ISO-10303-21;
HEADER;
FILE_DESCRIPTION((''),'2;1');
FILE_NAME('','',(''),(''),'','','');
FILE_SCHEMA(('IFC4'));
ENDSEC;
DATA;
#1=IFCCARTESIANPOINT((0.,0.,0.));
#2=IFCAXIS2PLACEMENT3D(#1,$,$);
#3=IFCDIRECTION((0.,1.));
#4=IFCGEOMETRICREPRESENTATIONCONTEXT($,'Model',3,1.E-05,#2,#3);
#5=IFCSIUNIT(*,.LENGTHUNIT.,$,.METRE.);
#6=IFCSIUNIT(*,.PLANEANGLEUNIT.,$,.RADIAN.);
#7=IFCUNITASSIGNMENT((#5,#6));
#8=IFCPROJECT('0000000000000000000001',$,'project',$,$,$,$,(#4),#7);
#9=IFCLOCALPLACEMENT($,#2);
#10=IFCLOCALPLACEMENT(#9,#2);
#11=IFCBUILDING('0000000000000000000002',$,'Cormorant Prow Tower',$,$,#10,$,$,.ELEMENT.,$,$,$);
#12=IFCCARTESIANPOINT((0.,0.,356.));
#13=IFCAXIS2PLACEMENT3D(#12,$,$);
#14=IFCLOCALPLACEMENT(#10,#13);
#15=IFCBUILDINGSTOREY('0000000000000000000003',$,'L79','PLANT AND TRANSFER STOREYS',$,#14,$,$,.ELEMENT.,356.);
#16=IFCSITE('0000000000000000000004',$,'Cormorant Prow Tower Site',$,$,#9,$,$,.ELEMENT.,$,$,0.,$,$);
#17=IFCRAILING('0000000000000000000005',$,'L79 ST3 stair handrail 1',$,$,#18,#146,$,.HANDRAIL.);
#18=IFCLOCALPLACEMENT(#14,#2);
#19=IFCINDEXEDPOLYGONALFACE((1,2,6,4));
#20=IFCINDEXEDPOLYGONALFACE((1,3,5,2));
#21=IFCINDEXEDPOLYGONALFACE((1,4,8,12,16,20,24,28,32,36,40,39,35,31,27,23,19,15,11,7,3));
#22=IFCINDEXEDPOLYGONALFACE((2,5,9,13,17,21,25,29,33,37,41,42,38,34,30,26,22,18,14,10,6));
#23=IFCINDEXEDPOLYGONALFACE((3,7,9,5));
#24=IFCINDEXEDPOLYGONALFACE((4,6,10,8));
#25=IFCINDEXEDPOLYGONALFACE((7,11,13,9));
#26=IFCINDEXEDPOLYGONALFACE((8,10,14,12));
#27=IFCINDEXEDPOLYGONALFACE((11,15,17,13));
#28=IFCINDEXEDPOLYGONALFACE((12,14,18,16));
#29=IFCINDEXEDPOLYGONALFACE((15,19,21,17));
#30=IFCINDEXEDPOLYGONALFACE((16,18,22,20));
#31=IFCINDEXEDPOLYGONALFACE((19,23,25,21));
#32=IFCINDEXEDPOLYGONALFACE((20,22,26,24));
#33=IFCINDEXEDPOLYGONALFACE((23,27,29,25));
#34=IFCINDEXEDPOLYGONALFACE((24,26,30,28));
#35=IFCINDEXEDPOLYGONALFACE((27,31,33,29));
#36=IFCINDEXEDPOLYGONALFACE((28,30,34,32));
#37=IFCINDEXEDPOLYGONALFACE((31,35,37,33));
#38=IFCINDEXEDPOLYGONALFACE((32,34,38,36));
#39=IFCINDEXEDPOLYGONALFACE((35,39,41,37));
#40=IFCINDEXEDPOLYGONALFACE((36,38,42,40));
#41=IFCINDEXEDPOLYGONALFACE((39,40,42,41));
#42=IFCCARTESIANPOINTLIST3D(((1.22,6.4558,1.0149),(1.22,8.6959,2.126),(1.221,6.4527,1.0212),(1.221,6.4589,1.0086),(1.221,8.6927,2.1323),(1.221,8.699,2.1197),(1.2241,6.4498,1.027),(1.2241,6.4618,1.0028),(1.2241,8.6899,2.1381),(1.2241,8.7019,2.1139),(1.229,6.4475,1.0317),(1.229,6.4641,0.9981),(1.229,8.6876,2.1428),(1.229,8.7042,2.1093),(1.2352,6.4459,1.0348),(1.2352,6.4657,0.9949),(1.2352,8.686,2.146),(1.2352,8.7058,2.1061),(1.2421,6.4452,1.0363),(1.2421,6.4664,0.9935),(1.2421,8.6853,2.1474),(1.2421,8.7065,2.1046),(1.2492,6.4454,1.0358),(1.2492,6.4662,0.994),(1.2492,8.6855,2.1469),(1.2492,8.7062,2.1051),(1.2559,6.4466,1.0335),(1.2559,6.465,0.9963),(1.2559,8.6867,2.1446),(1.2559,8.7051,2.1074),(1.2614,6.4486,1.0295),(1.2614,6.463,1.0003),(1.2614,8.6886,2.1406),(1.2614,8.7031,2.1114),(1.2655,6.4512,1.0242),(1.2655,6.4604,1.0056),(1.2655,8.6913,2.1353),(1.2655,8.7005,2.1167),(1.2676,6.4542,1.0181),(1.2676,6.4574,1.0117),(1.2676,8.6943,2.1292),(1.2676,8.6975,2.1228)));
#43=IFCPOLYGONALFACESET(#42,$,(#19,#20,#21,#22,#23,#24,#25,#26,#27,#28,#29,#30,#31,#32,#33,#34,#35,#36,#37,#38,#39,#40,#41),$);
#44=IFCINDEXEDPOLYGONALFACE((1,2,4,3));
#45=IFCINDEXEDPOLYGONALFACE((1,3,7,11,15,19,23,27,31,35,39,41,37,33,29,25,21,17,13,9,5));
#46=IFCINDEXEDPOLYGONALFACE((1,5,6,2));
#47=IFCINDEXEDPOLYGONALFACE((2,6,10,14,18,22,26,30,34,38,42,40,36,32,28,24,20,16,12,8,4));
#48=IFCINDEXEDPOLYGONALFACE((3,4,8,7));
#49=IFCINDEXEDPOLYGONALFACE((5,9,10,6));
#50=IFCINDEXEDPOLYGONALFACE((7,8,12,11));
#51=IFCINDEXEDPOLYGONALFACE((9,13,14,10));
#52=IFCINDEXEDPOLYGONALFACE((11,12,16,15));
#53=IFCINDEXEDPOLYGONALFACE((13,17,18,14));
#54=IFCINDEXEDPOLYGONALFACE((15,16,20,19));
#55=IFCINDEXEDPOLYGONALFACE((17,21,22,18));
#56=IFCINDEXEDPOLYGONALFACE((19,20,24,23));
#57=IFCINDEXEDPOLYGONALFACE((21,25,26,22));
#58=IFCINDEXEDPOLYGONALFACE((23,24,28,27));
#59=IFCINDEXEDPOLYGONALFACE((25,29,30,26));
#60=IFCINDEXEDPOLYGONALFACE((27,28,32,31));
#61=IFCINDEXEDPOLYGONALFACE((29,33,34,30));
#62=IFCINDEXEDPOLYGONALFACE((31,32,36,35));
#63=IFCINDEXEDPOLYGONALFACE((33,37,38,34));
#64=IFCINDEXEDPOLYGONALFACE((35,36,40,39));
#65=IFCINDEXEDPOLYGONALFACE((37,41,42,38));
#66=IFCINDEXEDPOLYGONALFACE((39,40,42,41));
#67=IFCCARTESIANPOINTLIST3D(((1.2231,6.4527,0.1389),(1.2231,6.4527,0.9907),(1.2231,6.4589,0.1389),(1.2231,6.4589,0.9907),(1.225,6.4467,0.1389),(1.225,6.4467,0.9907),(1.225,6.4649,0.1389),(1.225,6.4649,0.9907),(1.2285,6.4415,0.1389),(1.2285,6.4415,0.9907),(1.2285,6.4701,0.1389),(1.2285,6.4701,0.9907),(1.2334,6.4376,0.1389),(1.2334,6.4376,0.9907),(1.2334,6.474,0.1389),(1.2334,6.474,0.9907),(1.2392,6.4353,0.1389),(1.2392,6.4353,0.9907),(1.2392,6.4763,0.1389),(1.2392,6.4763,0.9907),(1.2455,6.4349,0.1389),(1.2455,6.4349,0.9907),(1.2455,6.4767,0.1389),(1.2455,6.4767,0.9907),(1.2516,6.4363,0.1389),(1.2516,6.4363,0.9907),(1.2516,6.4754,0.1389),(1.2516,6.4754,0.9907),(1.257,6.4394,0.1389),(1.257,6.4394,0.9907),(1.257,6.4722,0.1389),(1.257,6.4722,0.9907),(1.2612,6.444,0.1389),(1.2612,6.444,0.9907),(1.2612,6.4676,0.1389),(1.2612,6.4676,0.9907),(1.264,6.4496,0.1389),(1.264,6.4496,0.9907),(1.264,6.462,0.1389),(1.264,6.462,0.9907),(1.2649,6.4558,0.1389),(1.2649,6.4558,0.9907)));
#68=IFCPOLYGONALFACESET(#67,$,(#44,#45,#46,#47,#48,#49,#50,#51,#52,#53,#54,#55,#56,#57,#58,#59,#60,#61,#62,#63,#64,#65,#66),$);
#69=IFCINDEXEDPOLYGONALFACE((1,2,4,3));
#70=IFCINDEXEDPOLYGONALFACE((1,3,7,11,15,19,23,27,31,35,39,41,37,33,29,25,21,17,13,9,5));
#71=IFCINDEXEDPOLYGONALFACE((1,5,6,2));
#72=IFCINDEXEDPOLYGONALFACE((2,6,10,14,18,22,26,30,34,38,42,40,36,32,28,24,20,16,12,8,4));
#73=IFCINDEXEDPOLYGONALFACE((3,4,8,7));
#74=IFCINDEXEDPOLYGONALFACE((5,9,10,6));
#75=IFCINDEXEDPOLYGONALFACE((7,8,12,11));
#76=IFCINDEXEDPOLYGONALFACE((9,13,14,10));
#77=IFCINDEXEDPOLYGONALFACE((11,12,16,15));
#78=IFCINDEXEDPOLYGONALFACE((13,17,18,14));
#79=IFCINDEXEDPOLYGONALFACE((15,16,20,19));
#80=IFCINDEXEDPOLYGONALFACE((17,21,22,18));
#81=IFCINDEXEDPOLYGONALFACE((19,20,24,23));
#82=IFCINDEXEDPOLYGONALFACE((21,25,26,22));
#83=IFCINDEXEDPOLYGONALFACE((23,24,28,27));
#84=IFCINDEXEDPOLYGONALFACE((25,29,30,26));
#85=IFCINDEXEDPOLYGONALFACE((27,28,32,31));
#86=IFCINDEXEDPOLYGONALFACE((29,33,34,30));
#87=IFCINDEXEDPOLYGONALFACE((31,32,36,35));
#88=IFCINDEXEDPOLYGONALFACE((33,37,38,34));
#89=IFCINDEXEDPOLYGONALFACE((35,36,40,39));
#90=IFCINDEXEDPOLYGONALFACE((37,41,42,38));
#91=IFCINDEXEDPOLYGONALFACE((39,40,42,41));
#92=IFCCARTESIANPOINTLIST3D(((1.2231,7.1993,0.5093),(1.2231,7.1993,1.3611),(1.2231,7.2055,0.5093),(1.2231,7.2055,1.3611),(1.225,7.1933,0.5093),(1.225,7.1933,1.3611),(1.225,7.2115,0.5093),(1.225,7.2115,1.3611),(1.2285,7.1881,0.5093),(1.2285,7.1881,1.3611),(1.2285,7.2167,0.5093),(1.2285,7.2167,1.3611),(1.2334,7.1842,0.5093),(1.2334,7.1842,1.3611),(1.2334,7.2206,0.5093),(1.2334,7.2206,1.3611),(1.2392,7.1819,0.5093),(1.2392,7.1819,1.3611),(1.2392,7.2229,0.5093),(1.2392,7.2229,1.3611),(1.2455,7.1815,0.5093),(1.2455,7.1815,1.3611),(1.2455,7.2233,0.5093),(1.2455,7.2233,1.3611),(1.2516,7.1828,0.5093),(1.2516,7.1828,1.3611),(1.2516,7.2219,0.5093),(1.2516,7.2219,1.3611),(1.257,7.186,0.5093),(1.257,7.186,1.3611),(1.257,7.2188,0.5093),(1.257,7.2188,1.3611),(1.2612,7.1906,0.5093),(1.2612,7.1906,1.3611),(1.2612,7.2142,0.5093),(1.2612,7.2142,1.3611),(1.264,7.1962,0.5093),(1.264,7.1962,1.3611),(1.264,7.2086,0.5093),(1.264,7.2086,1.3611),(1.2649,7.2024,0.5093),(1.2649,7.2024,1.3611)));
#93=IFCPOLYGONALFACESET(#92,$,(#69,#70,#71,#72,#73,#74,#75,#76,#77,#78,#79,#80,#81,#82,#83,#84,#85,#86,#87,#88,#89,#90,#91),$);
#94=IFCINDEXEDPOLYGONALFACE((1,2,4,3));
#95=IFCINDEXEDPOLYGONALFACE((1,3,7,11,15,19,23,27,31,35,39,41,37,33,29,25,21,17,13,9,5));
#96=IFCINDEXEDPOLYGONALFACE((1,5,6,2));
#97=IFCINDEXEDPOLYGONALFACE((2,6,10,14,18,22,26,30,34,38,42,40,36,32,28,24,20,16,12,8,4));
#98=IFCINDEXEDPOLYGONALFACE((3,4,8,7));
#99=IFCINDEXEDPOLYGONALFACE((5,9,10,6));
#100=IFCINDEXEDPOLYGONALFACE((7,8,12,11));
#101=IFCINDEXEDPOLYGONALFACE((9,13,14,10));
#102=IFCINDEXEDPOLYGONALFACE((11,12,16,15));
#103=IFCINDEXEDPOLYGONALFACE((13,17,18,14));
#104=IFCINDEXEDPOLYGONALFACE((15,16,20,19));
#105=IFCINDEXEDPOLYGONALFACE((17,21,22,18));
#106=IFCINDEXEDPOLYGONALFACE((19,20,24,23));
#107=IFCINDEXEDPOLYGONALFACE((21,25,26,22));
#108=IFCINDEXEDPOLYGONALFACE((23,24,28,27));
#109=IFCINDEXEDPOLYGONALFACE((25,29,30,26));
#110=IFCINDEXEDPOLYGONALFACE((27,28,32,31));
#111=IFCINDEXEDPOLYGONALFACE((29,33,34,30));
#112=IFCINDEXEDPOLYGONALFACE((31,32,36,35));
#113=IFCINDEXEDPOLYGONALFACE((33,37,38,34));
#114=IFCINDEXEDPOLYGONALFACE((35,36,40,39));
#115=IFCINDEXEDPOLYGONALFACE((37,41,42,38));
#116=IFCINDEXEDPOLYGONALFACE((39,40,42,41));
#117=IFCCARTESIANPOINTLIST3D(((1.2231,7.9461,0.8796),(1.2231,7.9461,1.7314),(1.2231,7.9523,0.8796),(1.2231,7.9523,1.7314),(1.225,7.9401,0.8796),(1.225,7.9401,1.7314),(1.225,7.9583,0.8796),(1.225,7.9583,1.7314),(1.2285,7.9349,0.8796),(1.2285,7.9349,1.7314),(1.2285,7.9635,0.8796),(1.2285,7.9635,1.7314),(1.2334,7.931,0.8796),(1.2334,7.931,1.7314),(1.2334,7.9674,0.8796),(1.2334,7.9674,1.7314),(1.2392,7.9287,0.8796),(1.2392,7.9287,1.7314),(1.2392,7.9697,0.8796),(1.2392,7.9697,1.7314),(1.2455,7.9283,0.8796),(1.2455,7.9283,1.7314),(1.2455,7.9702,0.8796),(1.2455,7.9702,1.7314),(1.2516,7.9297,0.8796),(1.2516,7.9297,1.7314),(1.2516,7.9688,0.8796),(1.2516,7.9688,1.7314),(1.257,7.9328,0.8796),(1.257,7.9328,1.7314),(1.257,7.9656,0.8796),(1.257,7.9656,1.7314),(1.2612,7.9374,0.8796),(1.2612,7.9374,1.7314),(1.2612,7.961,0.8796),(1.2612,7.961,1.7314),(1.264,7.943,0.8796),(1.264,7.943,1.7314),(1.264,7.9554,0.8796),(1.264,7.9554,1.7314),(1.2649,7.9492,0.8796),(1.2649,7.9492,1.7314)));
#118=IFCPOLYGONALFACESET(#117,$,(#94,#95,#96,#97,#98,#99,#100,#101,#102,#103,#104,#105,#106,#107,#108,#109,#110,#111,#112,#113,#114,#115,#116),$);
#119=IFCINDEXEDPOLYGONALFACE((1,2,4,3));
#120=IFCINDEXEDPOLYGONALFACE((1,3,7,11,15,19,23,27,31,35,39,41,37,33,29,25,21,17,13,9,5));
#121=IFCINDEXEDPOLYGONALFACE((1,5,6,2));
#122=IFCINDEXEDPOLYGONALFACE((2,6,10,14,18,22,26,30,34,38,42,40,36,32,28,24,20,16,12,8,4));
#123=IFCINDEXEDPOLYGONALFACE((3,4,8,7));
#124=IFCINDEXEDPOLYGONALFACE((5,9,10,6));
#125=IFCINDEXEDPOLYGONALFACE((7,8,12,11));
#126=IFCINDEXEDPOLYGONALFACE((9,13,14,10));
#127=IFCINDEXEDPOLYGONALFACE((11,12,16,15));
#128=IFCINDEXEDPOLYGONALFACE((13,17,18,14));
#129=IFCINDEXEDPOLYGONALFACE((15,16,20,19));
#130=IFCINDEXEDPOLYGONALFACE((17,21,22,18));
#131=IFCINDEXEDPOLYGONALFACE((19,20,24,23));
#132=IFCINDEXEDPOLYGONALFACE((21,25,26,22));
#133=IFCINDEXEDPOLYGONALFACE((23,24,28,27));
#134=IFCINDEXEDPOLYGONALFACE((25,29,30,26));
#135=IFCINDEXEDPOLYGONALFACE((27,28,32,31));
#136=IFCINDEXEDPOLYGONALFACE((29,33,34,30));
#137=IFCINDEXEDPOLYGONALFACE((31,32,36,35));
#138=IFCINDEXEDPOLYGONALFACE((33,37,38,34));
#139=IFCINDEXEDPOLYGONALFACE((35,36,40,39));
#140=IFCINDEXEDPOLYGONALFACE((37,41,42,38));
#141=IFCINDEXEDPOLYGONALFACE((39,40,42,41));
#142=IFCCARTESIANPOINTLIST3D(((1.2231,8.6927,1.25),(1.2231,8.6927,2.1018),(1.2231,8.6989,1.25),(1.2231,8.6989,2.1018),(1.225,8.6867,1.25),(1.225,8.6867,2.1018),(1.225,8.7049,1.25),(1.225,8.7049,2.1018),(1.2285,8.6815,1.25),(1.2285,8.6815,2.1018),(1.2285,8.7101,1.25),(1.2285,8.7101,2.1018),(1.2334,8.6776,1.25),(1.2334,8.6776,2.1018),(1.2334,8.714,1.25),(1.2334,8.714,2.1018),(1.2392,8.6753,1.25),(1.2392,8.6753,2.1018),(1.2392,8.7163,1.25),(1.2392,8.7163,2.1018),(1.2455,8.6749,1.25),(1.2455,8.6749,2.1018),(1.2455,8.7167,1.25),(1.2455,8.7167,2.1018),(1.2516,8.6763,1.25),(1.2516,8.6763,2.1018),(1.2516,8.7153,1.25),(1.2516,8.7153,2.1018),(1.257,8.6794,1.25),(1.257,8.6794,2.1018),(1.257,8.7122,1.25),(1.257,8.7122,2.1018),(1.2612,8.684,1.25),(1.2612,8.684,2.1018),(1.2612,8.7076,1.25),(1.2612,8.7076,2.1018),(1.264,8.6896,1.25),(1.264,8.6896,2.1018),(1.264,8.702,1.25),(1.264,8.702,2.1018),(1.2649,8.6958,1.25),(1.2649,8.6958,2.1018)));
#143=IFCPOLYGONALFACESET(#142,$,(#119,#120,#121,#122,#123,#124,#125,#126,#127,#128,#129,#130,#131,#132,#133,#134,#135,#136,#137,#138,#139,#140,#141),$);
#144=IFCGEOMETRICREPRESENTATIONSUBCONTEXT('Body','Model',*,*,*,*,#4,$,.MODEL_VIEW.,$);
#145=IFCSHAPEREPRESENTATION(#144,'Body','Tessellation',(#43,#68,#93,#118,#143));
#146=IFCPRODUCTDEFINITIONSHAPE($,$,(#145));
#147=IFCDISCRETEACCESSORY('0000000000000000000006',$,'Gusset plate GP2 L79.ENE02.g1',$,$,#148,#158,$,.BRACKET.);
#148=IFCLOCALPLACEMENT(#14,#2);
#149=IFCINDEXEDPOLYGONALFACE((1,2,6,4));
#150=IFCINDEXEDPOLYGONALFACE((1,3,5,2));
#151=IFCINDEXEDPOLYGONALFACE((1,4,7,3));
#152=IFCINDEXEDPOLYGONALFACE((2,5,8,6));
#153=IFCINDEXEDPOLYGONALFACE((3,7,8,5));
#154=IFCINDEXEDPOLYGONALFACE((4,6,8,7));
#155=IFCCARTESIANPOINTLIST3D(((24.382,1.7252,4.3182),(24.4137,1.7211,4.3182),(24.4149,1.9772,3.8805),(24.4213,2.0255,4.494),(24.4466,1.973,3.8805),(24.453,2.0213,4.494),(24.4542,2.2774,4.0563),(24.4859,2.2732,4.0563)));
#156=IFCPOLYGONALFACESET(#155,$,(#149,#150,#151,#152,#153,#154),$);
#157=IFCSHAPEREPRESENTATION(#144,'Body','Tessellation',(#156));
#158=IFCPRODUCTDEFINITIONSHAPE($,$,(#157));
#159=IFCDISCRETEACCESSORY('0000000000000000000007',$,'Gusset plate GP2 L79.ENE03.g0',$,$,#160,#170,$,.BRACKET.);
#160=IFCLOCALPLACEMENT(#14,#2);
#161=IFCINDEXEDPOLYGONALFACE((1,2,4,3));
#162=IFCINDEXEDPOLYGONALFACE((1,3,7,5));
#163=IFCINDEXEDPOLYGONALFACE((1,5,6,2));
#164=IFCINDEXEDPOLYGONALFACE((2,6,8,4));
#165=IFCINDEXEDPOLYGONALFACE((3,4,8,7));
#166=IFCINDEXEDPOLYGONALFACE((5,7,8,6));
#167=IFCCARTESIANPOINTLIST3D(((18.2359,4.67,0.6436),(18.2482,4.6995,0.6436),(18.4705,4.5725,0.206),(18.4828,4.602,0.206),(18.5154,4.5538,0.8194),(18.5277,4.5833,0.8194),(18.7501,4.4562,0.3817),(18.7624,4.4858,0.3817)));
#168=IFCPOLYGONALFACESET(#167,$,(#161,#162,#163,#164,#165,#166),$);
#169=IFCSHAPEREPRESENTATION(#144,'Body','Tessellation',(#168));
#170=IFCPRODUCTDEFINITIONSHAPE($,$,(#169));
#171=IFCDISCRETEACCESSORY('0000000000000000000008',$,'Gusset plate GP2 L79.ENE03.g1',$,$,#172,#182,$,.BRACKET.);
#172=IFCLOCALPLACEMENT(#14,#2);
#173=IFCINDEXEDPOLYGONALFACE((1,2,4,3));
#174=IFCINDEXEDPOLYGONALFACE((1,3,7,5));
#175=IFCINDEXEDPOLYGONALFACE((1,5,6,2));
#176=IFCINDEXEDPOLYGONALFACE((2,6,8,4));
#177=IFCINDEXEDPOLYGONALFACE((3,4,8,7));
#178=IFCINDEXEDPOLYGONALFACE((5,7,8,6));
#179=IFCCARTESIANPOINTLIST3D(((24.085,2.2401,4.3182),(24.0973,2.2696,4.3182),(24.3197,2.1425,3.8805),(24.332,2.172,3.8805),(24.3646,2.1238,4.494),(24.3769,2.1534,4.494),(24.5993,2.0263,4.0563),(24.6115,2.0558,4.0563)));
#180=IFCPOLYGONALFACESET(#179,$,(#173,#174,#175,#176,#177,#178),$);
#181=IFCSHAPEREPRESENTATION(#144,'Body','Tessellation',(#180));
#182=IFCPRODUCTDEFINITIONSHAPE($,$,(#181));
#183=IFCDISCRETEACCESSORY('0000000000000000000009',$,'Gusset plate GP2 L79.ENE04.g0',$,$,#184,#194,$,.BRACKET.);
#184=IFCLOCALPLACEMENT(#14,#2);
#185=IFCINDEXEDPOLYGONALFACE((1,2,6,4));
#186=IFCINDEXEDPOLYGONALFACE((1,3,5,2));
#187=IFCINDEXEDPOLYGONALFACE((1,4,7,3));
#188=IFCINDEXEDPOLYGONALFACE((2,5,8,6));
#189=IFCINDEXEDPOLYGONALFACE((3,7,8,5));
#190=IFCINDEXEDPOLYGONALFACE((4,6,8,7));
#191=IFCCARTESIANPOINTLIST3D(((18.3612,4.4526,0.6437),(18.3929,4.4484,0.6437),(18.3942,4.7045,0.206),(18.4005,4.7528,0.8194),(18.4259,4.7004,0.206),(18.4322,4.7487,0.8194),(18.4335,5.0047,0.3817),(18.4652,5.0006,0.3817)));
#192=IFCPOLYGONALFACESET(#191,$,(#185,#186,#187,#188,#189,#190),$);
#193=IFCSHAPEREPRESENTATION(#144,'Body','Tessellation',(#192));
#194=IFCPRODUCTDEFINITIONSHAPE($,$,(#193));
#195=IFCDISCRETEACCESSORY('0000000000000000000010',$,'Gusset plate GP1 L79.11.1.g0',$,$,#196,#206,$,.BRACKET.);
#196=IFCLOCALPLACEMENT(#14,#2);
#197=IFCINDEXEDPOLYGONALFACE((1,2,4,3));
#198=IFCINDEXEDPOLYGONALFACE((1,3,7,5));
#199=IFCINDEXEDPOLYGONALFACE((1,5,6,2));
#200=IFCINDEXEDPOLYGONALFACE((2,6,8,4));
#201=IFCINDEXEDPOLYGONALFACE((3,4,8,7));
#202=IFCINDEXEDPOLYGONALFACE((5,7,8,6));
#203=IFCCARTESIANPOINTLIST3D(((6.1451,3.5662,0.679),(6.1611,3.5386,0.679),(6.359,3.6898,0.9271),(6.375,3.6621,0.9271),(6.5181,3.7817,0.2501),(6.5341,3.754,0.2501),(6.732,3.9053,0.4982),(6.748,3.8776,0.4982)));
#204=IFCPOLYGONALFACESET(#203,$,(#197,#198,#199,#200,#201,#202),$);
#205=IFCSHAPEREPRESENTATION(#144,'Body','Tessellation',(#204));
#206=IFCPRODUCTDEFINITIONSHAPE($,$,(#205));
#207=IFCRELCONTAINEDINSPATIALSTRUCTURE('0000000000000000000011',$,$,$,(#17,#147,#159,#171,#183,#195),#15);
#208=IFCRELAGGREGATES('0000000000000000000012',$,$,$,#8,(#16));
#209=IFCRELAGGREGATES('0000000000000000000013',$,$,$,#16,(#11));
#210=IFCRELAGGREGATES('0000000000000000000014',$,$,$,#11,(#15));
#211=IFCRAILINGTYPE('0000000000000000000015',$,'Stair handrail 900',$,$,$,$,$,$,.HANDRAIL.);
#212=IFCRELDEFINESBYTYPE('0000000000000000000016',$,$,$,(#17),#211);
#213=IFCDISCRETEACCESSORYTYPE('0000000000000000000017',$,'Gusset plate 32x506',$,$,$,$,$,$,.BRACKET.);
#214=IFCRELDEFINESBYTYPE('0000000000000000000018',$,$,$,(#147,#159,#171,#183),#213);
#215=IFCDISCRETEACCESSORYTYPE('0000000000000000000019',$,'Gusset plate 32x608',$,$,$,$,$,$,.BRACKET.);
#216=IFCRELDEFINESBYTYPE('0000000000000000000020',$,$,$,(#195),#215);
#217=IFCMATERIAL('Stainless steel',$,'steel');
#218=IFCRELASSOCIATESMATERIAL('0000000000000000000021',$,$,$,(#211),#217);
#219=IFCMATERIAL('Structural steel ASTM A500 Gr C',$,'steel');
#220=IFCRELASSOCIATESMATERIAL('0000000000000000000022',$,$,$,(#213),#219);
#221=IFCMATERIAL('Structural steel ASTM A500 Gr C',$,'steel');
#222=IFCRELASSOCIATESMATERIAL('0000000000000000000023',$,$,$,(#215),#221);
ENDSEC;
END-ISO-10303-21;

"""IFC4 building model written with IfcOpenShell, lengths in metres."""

from ifc_helpers import new_model, si_unit, direction, frame, origin, origin_2d, place, context, subcontext, project, spatial, rectangle, circle, extrude, material, material_profile, profile_set, type_object, element, save


model = new_model("IFC4")

# Units and contexts
model_context = context("Model", 3, precision=1e-05, world=origin(), true_north=direction((0.0, 1.0)))
body_context = subcontext(model_context, "Body", "Model", "MODEL_VIEW")
ifc_project = project(units=[si_unit("LENGTHUNIT", "METRE"), si_unit("PLANEANGLEUNIT", "RADIAN")], contexts=[model_context])

# Site, building, storey
site_placement = place(None, origin())
site = spatial("IfcSite", under=ifc_project, at=site_placement, Name="Cormorant Prow Tower Site", CompositionType="ELEMENT", RefElevation=0.0)
building_placement = place(site_placement, origin())
building = spatial("IfcBuilding", under=site, at=building_placement, Name="Cormorant Prow Tower", CompositionType="ELEMENT")
storey_placement = place(building_placement, frame((0.0, 0.0, 356.0)))
storey = spatial("IfcBuildingStorey", under=building, at=storey_placement, Name="L79", Description="PLANT AND TRANSFER STOREYS", CompositionType="ELEMENT", Elevation=356.0)

# Railing
ifc_material_1 = material(Name="Stainless steel", Category="steel")
railing_type_1 = type_object("IfcRailingType", Name="Stair handrail 900", PredefinedType="HANDRAIL", material=ifc_material_1)
railing_1_placement = place(storey_placement, frame((1.2439, 6.4558, 0.1389)))
element("IfcRailing", 1, at=railing_1_placement, inside=storey, type_object=railing_type_1, Name="L79 ST3 stair handrail 1", PredefinedType="HANDRAIL", context=body_context, shape_type="SweptSolid", body=[
    extrude(circle(Radius=0.0239, at=origin_2d()), frame((0.0, 0.0, 0.876), z_axis=(0.0, 0.895848, 0.44436), x_axis=(-1.0, 0.0, 0.0)), (0.0, 0.0, 1.0), 2.5005),
    extrude(circle(Radius=0.021, at=origin_2d()), origin(), (0.0, 0.0, 1.0), 0.8518),
    extrude(circle(Radius=0.021, at=origin_2d()), frame((0.0, 0.7466, 0.3704)), (0.0, 0.0, 1.0), 0.8518),
    extrude(circle(Radius=0.021, at=origin_2d()), frame((0.0, 1.4934, 0.7407)), (0.0, 0.0, 1.0), 0.8518),
    extrude(circle(Radius=0.021, at=origin_2d()), frame((0.0, 2.24, 1.1111)), (0.0, 0.0, 1.0), 0.8518),
])

# Discrete accessories
ifc_material_2 = material(Name="Structural steel ASTM A500 Gr C", Category="steel")
ifc_material_profile_1 = material_profile(ifc_material_2, rectangle(XDim=0.032, YDim=0.5061, at=origin_2d()), Name="Gusset plate 32x506")
ifc_profile_set_1 = profile_set([ifc_material_profile_1], Name="Structural steel ASTM A500 Gr C")
discrete_accessory_type_1 = type_object("IfcDiscreteAccessoryType", Name="Gusset plate 32x506", PredefinedType="BRACKET", material=ifc_profile_set_1)
for number, where, z_axis, x_axis, name in (
    (2, (24.4143, 1.8491, 4.0994), (0.11225, 0.85756, 0.501986), (-0.991542, 0.129787, 0.0), "Gusset plate GP2 L79.ENE02.g1"),
    (3, (18.6389, 4.5198, 0.6006), (-0.798535, 0.331967, -0.502135), (-0.383871, -0.923387, 0.0), "Gusset plate GP2 L79.ENE03.g0"),
    (4, (24.2085, 2.2061, 4.0994), (0.798535, -0.331967, 0.502135), (0.383871, 0.923387, 0.0), "Gusset plate GP2 L79.ENE03.g1"),
    (5, (18.4329, 4.8767, 0.6006), (-0.11225, -0.85756, -0.501986), (0.991542, -0.129787, 0.0), "Gusset plate GP2 L79.ENE04.g0"),
):
    element("IfcDiscreteAccessory", number, at=place(storey_placement, frame(where, z_axis=z_axis, x_axis=x_axis)), inside=storey, type_object=discrete_accessory_type_1, Name=name, PredefinedType="BRACKET", context=body_context, shape_type="SweptSolid", body=[
        extrude(rectangle(XDim=0.032, YDim=0.5061, at=origin_2d()), origin(), (0.0, 0.0, 1.0), 0.3501),
    ])
ifc_material_3 = material(Name="Structural steel ASTM A500 Gr C", Category="steel")
ifc_material_profile_2 = material_profile(ifc_material_3, rectangle(XDim=0.032, YDim=0.6079, at=origin_2d()), Name="Gusset plate 32x608")
ifc_profile_set_2 = profile_set([ifc_material_profile_2], Name="Structural steel ASTM A500 Gr C")
discrete_accessory_type_2 = type_object("IfcDiscreteAccessoryType", Name="Gusset plate 32x608", PredefinedType="BRACKET", material=ifc_profile_set_2)
discrete_accessory_placement = place(storey_placement, frame((6.5535, 3.7837, 0.7126), z_axis=(-0.610981, -0.352918, -0.708626), x_axis=(0.500179, -0.865922, 0.0)))
element("IfcDiscreteAccessory", 6, at=discrete_accessory_placement, inside=storey, type_object=discrete_accessory_type_2, Name="Gusset plate GP1 L79.11.1.g0", PredefinedType="BRACKET", context=body_context, shape_type="SweptSolid", body=[
    extrude(rectangle(XDim=0.032, YDim=0.6079, at=origin_2d()), origin(), (0.0, 0.0, 1.0), 0.3501),
])

save(model, "model.ifc")
